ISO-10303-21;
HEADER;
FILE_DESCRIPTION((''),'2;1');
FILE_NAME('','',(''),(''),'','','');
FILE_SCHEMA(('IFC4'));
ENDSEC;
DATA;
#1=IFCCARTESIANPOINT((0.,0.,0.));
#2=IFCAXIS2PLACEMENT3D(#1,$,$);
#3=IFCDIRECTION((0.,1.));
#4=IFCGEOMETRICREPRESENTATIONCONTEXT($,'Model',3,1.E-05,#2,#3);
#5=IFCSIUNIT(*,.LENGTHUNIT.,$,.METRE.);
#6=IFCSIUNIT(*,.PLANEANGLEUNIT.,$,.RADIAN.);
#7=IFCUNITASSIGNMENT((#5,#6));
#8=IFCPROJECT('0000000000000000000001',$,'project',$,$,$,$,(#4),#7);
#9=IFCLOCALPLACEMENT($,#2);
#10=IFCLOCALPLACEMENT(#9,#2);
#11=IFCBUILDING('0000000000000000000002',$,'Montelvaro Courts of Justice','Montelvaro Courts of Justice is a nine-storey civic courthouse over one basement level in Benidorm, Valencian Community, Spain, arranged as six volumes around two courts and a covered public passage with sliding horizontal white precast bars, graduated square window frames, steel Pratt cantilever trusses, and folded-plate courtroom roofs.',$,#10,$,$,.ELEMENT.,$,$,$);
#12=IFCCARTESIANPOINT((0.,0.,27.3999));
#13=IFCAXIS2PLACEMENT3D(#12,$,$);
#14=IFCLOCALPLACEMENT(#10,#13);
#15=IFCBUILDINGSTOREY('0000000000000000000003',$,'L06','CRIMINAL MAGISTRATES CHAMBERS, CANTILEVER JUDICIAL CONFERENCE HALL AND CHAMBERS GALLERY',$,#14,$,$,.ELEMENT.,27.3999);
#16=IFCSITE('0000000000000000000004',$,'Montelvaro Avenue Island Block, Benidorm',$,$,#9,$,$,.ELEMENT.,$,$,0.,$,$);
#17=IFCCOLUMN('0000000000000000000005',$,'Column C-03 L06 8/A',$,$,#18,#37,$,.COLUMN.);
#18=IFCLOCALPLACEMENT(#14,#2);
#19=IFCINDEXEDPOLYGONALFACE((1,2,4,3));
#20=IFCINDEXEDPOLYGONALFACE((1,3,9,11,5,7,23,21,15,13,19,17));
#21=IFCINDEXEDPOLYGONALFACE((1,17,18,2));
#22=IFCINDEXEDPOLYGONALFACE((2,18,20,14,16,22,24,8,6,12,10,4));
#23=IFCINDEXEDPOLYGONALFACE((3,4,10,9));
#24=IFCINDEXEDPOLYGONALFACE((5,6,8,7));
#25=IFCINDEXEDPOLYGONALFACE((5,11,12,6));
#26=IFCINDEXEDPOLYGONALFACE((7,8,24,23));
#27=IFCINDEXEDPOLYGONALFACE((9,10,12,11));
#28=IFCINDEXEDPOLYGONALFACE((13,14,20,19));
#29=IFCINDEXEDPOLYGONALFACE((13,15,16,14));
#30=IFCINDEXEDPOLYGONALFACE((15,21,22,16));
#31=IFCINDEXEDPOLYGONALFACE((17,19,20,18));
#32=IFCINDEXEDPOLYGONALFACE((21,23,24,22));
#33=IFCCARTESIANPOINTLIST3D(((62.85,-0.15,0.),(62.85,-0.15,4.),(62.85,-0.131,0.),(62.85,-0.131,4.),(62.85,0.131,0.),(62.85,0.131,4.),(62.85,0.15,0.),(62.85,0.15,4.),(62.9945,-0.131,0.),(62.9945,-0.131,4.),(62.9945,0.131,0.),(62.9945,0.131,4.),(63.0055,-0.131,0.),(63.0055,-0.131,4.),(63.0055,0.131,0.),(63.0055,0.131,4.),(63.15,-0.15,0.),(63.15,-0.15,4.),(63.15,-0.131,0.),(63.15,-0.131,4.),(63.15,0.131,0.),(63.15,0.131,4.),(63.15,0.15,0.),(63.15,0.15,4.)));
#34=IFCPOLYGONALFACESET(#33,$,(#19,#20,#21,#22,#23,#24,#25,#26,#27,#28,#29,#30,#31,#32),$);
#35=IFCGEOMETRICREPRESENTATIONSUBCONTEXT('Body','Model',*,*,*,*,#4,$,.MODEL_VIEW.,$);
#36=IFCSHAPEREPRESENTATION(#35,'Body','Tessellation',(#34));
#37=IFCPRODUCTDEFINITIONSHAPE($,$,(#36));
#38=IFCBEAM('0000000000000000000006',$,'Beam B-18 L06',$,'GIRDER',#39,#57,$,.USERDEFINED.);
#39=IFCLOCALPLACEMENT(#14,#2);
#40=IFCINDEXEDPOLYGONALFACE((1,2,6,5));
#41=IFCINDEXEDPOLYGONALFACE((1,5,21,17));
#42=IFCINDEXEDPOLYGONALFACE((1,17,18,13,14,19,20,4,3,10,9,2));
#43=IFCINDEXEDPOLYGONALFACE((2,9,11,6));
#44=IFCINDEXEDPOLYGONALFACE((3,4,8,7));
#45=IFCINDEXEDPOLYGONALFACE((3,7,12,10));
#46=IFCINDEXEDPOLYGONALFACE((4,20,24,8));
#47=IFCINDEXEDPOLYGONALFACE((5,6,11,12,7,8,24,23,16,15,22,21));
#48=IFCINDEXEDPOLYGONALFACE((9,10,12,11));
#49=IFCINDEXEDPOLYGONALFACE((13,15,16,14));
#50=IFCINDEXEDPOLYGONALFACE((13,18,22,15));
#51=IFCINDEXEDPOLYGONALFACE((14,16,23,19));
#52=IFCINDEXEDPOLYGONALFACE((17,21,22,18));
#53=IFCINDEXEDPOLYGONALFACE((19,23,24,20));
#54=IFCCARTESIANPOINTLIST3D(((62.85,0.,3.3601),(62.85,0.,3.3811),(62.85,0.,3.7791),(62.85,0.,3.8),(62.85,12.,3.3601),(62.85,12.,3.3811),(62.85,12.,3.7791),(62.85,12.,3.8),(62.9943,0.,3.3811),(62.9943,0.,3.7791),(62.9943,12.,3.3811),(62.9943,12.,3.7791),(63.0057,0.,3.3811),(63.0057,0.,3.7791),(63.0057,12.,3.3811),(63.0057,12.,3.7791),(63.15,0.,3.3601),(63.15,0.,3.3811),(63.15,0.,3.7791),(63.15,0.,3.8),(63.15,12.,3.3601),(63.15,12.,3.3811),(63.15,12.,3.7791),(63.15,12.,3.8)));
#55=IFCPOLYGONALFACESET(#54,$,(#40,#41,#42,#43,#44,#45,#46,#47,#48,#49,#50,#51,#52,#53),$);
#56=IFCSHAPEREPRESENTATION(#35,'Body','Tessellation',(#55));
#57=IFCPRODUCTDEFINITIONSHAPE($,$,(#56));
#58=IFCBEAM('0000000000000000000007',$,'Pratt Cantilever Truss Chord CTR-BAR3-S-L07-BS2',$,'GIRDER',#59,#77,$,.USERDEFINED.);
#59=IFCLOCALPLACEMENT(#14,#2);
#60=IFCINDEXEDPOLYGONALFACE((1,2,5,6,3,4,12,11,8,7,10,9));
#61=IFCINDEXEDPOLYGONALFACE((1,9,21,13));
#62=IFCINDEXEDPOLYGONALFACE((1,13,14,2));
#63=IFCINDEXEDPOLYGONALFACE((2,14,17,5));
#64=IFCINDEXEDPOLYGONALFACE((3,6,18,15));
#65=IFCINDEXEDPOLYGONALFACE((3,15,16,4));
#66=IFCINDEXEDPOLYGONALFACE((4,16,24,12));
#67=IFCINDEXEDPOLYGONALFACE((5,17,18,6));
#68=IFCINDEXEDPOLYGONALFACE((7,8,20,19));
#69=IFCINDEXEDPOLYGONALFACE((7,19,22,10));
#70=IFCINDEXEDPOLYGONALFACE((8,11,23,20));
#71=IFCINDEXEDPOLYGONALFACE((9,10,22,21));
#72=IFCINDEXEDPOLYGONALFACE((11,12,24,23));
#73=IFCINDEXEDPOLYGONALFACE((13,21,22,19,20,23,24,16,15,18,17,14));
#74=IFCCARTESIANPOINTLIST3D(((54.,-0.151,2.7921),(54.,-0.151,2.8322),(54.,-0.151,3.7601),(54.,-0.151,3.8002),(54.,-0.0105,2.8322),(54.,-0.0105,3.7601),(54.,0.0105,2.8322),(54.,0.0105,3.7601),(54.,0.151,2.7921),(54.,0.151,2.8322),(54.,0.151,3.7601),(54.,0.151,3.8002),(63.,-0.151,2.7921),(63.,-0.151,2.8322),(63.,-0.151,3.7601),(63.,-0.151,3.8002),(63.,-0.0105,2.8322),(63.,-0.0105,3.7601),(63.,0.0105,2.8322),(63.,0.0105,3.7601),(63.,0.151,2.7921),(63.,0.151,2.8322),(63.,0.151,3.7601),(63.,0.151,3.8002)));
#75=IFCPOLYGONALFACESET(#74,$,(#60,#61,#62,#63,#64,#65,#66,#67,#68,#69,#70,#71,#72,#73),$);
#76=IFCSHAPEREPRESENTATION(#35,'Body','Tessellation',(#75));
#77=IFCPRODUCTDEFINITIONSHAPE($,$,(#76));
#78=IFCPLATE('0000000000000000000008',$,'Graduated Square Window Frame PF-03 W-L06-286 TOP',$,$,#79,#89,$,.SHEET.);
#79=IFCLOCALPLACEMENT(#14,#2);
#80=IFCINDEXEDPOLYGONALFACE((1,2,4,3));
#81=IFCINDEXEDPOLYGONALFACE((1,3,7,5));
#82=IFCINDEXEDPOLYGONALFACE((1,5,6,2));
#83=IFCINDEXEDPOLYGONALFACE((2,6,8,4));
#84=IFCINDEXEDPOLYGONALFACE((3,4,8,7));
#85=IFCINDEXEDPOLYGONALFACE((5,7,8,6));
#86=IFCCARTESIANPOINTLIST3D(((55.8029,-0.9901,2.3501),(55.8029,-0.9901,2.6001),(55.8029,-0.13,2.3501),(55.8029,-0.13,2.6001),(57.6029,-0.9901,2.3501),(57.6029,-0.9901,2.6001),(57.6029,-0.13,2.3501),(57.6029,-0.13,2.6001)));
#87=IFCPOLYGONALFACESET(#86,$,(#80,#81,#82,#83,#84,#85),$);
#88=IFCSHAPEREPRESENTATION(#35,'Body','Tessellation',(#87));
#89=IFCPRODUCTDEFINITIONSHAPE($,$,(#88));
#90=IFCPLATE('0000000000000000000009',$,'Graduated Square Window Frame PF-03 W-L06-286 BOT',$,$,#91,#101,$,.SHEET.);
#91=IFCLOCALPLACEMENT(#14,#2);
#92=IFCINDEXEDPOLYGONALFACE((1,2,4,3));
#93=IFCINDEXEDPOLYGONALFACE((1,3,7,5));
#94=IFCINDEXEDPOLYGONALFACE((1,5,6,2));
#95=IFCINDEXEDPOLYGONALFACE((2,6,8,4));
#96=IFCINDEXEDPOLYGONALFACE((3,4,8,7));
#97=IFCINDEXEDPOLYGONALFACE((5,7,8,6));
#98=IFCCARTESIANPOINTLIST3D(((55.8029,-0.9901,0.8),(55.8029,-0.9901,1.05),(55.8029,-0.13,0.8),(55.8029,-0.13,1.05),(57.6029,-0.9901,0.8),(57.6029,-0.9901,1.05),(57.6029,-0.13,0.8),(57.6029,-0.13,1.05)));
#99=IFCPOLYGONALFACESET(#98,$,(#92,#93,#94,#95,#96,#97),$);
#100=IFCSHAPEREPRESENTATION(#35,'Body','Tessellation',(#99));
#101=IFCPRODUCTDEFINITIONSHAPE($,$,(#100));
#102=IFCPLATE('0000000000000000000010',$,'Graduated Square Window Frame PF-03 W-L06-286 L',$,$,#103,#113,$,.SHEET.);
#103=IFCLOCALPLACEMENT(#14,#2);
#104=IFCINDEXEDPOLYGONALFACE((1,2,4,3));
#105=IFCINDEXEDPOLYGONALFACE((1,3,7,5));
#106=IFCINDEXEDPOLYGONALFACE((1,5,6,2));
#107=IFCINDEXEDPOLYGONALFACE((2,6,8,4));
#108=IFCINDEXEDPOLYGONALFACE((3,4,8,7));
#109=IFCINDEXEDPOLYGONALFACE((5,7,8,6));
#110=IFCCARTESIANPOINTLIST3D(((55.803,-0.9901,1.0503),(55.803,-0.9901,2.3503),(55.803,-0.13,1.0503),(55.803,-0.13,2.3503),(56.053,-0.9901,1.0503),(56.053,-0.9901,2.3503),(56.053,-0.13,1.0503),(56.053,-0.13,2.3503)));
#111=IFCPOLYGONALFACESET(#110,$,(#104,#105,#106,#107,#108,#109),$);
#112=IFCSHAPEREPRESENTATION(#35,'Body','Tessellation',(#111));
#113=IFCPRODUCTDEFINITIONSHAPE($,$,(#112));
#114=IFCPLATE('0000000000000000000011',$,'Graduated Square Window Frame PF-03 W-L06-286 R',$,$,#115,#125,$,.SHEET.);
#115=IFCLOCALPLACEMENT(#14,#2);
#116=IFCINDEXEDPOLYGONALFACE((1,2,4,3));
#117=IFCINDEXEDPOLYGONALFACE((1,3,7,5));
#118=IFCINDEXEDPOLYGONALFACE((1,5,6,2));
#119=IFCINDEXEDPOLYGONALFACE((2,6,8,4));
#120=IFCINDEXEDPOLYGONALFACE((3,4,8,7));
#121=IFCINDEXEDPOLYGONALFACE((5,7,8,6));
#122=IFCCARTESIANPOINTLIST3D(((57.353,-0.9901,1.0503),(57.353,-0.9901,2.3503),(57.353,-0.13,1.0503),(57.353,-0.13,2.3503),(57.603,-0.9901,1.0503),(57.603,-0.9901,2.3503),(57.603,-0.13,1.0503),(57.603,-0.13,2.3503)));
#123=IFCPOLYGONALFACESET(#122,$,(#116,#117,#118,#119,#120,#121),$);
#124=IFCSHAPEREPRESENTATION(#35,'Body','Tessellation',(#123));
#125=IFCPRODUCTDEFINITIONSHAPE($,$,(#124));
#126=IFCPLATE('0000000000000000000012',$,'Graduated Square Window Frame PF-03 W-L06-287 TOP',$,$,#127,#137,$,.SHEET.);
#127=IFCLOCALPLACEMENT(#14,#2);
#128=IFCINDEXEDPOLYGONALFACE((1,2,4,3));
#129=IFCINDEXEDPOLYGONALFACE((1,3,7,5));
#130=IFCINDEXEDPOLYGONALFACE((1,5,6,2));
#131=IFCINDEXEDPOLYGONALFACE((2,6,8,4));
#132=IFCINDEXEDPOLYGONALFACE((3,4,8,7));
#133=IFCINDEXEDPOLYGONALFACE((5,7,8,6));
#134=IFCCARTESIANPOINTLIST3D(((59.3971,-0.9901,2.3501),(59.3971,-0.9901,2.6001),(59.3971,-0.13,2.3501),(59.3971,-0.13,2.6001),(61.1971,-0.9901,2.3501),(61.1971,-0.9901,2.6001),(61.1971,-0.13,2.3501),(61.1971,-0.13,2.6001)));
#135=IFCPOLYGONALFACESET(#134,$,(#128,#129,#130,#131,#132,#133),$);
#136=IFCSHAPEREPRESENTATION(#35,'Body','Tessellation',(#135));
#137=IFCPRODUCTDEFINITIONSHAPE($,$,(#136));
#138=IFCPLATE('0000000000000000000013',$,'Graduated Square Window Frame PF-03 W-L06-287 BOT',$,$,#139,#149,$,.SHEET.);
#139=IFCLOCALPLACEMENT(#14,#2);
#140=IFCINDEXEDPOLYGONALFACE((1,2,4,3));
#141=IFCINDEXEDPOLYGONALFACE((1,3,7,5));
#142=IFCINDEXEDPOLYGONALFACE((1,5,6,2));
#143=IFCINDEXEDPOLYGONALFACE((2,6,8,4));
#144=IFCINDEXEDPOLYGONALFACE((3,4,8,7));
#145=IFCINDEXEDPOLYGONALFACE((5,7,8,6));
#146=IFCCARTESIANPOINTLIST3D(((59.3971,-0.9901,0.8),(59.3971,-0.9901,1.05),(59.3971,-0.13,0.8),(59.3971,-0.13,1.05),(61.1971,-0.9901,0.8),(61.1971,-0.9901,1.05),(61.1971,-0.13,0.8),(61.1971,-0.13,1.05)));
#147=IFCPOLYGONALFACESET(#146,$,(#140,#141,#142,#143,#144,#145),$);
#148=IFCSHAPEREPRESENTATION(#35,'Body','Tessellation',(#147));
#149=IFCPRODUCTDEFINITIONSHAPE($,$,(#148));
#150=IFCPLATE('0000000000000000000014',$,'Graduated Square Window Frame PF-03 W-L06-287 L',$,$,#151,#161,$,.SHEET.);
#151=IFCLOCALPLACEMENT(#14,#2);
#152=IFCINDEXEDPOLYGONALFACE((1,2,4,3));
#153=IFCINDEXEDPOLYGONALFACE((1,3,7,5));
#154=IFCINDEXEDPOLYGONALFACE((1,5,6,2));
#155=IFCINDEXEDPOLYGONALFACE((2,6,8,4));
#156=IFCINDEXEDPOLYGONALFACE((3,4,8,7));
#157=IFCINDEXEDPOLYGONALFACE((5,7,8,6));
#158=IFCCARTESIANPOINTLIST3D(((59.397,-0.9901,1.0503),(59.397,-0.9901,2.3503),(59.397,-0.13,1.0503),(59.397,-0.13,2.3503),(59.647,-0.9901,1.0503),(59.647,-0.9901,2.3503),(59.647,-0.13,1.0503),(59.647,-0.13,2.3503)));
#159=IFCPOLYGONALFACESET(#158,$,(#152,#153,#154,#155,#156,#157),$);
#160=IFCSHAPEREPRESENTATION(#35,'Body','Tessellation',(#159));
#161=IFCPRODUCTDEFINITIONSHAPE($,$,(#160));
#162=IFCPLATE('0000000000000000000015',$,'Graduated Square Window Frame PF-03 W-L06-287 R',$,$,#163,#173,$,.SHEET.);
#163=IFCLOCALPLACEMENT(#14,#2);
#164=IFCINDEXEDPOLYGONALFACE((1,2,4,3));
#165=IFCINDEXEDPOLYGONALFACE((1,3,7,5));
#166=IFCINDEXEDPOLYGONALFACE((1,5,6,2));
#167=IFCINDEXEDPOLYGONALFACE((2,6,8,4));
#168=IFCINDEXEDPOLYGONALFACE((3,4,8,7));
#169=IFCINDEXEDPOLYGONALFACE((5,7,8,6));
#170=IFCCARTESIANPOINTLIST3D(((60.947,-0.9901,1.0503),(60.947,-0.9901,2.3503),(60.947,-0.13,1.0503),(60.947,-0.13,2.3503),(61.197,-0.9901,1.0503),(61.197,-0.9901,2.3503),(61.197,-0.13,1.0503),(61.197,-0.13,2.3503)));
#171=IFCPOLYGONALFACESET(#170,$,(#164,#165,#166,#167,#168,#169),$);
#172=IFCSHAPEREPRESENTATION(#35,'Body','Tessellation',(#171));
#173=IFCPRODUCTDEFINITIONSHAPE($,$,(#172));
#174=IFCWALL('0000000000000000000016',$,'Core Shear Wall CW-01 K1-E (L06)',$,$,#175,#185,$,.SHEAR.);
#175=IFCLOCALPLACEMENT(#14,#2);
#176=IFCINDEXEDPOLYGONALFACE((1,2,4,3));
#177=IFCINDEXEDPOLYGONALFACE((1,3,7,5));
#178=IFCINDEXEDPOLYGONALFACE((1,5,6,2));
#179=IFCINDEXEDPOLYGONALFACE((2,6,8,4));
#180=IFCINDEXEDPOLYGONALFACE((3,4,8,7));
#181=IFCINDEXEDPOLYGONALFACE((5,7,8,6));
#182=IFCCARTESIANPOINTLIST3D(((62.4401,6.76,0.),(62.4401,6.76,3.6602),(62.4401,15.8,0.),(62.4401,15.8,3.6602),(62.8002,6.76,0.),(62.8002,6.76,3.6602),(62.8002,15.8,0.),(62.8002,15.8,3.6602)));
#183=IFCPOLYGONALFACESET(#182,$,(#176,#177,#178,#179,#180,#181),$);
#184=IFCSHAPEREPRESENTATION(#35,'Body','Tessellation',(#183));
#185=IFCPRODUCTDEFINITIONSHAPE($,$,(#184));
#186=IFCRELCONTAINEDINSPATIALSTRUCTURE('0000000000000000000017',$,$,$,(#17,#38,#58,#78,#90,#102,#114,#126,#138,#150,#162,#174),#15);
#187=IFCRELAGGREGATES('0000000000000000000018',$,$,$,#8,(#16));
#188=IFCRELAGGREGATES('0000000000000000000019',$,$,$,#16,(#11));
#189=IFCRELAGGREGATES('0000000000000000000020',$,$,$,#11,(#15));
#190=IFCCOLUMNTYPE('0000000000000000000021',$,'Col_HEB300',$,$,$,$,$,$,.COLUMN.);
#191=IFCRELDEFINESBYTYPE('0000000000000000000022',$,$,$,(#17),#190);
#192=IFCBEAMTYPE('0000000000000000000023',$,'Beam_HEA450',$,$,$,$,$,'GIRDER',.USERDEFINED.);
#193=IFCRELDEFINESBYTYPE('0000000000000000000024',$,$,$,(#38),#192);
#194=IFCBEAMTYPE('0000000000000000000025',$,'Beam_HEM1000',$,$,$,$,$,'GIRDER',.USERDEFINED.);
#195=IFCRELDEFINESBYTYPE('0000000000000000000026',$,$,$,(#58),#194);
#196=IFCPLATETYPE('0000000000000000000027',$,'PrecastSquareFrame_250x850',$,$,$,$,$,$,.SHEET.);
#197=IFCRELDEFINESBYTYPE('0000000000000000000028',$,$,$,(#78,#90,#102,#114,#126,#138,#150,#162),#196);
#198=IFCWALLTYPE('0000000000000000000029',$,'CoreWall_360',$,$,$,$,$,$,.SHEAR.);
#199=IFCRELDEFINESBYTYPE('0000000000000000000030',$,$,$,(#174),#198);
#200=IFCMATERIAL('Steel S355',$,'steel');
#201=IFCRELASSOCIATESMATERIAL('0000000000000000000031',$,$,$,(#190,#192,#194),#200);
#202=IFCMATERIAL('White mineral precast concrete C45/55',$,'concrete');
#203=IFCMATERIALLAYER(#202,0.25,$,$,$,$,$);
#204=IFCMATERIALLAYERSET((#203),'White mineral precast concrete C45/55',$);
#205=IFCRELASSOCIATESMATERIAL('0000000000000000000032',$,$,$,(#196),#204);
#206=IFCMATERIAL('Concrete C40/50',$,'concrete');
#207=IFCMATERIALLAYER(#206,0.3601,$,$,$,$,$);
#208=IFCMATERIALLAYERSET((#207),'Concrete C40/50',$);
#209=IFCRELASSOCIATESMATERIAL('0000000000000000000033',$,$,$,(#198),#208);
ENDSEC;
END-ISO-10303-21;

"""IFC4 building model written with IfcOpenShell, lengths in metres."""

from ifc_helpers import new_model, si_unit, direction, frame, frame_2d, origin, origin_2d, place, context, subcontext, project, spatial, rectangle, i_section, extrude, material, layer, layer_set, material_profile, profile_set, type_object, element, save


model = new_model("IFC4")

# Units and contexts
model_context = context("Model", 3, precision=1e-05, world=origin(), true_north=direction((0.0, 1.0)))
body_context = subcontext(model_context, "Body", "Model", "MODEL_VIEW")
ifc_project = project(units=[si_unit("LENGTHUNIT", "METRE"), si_unit("PLANEANGLEUNIT", "RADIAN")], contexts=[model_context])

# Site, building, storey
site_placement = place(None, origin())
site = spatial("IfcSite", under=ifc_project, at=site_placement, Name="Montelvaro Avenue Island Block, Benidorm", CompositionType="ELEMENT", RefElevation=0.0)
building_placement = place(site_placement, origin())
building = spatial("IfcBuilding", under=site, at=building_placement, Name="Montelvaro Courts of Justice", Description="Montelvaro Courts of Justice is a nine-storey civic courthouse over one basement level in Benidorm, Valencian Community, Spain, arranged as six volumes around two courts and a covered public passage with sliding horizontal white precast bars, graduated square window frames, steel Pratt cantilever trusses, and folded-plate courtroom roofs.", CompositionType="ELEMENT")
storey_placement = place(building_placement, frame((0.0, 0.0, 27.3999)))
storey = spatial("IfcBuildingStorey", under=building, at=storey_placement, Name="L06", Description="CRIMINAL MAGISTRATES CHAMBERS, CANTILEVER JUDICIAL CONFERENCE HALL AND CHAMBERS GALLERY", CompositionType="ELEMENT", Elevation=27.3999)

# Column
ifc_material_1 = material(Name="Steel S355", Category="steel")
ifc_material_profile_1 = material_profile(ifc_material_1, i_section(OverallWidth=0.3, OverallDepth=0.3, WebThickness=0.011, FlangeThickness=0.019, at=origin_2d()), Name="HEB 300")
ifc_profile_set_1 = profile_set([ifc_material_profile_1], Name="Steel S355")
column_type = type_object("IfcColumnType", Name="Col_HEB300", PredefinedType="COLUMN", material=ifc_profile_set_1)
column_placement = place(storey_placement, frame((63.0, 0.0, 0.0), z_axis=(0.0, 0.0, 1.0), x_axis=(1.0, 0.0, 0.0)))
element("IfcColumn", 1, at=column_placement, inside=storey, type_object=column_type, Name="Column C-03 L06 8/A", PredefinedType="COLUMN", context=body_context, shape_type="SweptSolid", body=[
    extrude(i_section(OverallWidth=0.3, OverallDepth=0.3, WebThickness=0.011, FlangeThickness=0.019, at=origin_2d()), origin(), (0.0, 0.0, 1.0), 4.0),
])

# Beams
ifc_material_profile_2 = material_profile(ifc_material_1, i_section(OverallWidth=0.3, OverallDepth=0.4399, WebThickness=0.0115, FlangeThickness=0.021, at=origin_2d()), Name="HEA 450")
ifc_profile_set_2 = profile_set([ifc_material_profile_2], Name="Steel S355")
beam_type_1 = type_object("IfcBeamType", Name="Beam_HEA450", ElementType="GIRDER", PredefinedType="USERDEFINED", material=ifc_profile_set_2)
beam_1_placement = place(storey_placement, frame((63.0, 0.0, 3.5801), z_axis=(0.0, 1.0, 0.0), x_axis=(-1.0, 0.0, 0.0)))
element("IfcBeam", 2, at=beam_1_placement, inside=storey, type_object=beam_type_1, Name="Beam B-18 L06", ObjectType="GIRDER", PredefinedType="USERDEFINED", context=body_context, shape_type="SweptSolid", body=[
    extrude(i_section(OverallWidth=0.3, OverallDepth=0.4399, WebThickness=0.0115, FlangeThickness=0.021, at=origin_2d()), origin(), (0.0, 0.0, 1.0), 12.0),
])
ifc_material_profile_3 = material_profile(ifc_material_1, i_section(OverallWidth=0.302, OverallDepth=1.0081, WebThickness=0.021, FlangeThickness=0.04, at=origin_2d()), Name="HEM 1000")
ifc_profile_set_3 = profile_set([ifc_material_profile_3], Name="Steel S355")
beam_type_2 = type_object("IfcBeamType", Name="Beam_HEM1000", ElementType="GIRDER", PredefinedType="USERDEFINED", material=ifc_profile_set_3)
beam_2_placement = place(storey_placement, frame((63.0, 0.0, 3.2961), z_axis=(-1.0, 0.0, 0.0), x_axis=(0.0, -1.0, 0.0)))
element("IfcBeam", 3, at=beam_2_placement, inside=storey, type_object=beam_type_2, Name="Pratt Cantilever Truss Chord CTR-BAR3-S-L07-BS2", ObjectType="GIRDER", PredefinedType="USERDEFINED", context=body_context, shape_type="SweptSolid", body=[
    extrude(i_section(OverallWidth=0.302, OverallDepth=1.0081, WebThickness=0.021, FlangeThickness=0.04, at=origin_2d()), origin(), (0.0, 0.0, 1.0), 9.0),
])

# Plates
ifc_material_2 = material(Name="White mineral precast concrete C45/55", Category="concrete")
ifc_layer_1 = layer(ifc_material_2, 0.25)
ifc_layer_set_1 = layer_set([ifc_layer_1], Name="White mineral precast concrete C45/55")
plate_type = type_object("IfcPlateType", Name="PrecastSquareFrame_250x850", PredefinedType="SHEET", material=ifc_layer_set_1)
for number, where, z_axis, x_axis, name in (
    (4, (56.7029, -0.5601, 2.3501), (0.0, 0.0, 1.0), (1.0, 0.0, 0.0), "Graduated Square Window Frame PF-03 W-L06-286 TOP"),
    (5, (56.7029, -0.5601, 0.8), (0.0, 0.0, 1.0), (1.0, 0.0, 0.0), "Graduated Square Window Frame PF-03 W-L06-286 BOT"),
):
    element("IfcPlate", number, at=place(storey_placement, frame(where, z_axis=z_axis, x_axis=x_axis)), inside=storey, type_object=plate_type, Name=name, PredefinedType="SHEET", context=body_context, shape_type="SweptSolid", body=[
        extrude(rectangle(XDim=1.8, YDim=0.8601, at=origin_2d()), origin(), (0.0, 0.0, 1.0), 0.25),
    ])
for number, where, z_axis, x_axis, name in (
    (6, (55.928, -0.5601, 1.0503), (0.0, 0.0, 1.0), (1.0, 0.0, 0.0), "Graduated Square Window Frame PF-03 W-L06-286 L"),
    (7, (57.478, -0.5601, 1.0503), (0.0, 0.0, 1.0), (1.0, 0.0, 0.0), "Graduated Square Window Frame PF-03 W-L06-286 R"),
):
    element("IfcPlate", number, at=place(storey_placement, frame(where, z_axis=z_axis, x_axis=x_axis)), inside=storey, type_object=plate_type, Name=name, PredefinedType="SHEET", context=body_context, shape_type="SweptSolid", body=[
        extrude(rectangle(XDim=0.25, YDim=0.8601, at=origin_2d()), origin(), (0.0, 0.0, 1.0), 1.3),
    ])
for number, where, z_axis, x_axis, name in (
    (8, (60.2971, -0.5601, 2.3501), (0.0, 0.0, 1.0), (1.0, 0.0, 0.0), "Graduated Square Window Frame PF-03 W-L06-287 TOP"),
    (9, (60.2971, -0.5601, 0.8), (0.0, 0.0, 1.0), (1.0, 0.0, 0.0), "Graduated Square Window Frame PF-03 W-L06-287 BOT"),
):
    element("IfcPlate", number, at=place(storey_placement, frame(where, z_axis=z_axis, x_axis=x_axis)), inside=storey, type_object=plate_type, Name=name, PredefinedType="SHEET", context=body_context, shape_type="SweptSolid", body=[
        extrude(rectangle(XDim=1.8, YDim=0.8601, at=origin_2d()), origin(), (0.0, 0.0, 1.0), 0.25),
    ])
for number, where, z_axis, x_axis, name in (
    (10, (59.522, -0.5601, 1.0503), (0.0, 0.0, 1.0), (1.0, 0.0, 0.0), "Graduated Square Window Frame PF-03 W-L06-287 L"),
    (11, (61.072, -0.5601, 1.0503), (0.0, 0.0, 1.0), (1.0, 0.0, 0.0), "Graduated Square Window Frame PF-03 W-L06-287 R"),
):
    element("IfcPlate", number, at=place(storey_placement, frame(where, z_axis=z_axis, x_axis=x_axis)), inside=storey, type_object=plate_type, Name=name, PredefinedType="SHEET", context=body_context, shape_type="SweptSolid", body=[
        extrude(rectangle(XDim=0.25, YDim=0.8601, at=origin_2d()), origin(), (0.0, 0.0, 1.0), 1.3),
    ])

# Wall
ifc_material_3 = material(Name="Concrete C40/50", Category="concrete")
ifc_layer_2 = layer(ifc_material_3, 0.3601)
ifc_layer_set_2 = layer_set([ifc_layer_2], Name="Concrete C40/50")
wall_type_1 = type_object("IfcWallType", Name="CoreWall_360", PredefinedType="SHEAR", material=ifc_layer_set_2)
wall_1_placement = place(storey_placement, frame((62.6201, 6.76, 0.0), z_axis=(0.0, 0.0, 1.0), x_axis=(0.0, 1.0, 0.0)))
element("IfcWall", 12, at=wall_1_placement, inside=storey, type_object=wall_type_1, Name="Core Shear Wall CW-01 K1-E (L06)", PredefinedType="SHEAR", context=body_context, shape_type="SweptSolid", body=[
    extrude(rectangle(XDim=9.04, YDim=0.3601, at=frame_2d((4.52, 0.0))), origin(), (0.0, 0.0, 1.0), 3.6602),
])

save(model, "model.ifc")
